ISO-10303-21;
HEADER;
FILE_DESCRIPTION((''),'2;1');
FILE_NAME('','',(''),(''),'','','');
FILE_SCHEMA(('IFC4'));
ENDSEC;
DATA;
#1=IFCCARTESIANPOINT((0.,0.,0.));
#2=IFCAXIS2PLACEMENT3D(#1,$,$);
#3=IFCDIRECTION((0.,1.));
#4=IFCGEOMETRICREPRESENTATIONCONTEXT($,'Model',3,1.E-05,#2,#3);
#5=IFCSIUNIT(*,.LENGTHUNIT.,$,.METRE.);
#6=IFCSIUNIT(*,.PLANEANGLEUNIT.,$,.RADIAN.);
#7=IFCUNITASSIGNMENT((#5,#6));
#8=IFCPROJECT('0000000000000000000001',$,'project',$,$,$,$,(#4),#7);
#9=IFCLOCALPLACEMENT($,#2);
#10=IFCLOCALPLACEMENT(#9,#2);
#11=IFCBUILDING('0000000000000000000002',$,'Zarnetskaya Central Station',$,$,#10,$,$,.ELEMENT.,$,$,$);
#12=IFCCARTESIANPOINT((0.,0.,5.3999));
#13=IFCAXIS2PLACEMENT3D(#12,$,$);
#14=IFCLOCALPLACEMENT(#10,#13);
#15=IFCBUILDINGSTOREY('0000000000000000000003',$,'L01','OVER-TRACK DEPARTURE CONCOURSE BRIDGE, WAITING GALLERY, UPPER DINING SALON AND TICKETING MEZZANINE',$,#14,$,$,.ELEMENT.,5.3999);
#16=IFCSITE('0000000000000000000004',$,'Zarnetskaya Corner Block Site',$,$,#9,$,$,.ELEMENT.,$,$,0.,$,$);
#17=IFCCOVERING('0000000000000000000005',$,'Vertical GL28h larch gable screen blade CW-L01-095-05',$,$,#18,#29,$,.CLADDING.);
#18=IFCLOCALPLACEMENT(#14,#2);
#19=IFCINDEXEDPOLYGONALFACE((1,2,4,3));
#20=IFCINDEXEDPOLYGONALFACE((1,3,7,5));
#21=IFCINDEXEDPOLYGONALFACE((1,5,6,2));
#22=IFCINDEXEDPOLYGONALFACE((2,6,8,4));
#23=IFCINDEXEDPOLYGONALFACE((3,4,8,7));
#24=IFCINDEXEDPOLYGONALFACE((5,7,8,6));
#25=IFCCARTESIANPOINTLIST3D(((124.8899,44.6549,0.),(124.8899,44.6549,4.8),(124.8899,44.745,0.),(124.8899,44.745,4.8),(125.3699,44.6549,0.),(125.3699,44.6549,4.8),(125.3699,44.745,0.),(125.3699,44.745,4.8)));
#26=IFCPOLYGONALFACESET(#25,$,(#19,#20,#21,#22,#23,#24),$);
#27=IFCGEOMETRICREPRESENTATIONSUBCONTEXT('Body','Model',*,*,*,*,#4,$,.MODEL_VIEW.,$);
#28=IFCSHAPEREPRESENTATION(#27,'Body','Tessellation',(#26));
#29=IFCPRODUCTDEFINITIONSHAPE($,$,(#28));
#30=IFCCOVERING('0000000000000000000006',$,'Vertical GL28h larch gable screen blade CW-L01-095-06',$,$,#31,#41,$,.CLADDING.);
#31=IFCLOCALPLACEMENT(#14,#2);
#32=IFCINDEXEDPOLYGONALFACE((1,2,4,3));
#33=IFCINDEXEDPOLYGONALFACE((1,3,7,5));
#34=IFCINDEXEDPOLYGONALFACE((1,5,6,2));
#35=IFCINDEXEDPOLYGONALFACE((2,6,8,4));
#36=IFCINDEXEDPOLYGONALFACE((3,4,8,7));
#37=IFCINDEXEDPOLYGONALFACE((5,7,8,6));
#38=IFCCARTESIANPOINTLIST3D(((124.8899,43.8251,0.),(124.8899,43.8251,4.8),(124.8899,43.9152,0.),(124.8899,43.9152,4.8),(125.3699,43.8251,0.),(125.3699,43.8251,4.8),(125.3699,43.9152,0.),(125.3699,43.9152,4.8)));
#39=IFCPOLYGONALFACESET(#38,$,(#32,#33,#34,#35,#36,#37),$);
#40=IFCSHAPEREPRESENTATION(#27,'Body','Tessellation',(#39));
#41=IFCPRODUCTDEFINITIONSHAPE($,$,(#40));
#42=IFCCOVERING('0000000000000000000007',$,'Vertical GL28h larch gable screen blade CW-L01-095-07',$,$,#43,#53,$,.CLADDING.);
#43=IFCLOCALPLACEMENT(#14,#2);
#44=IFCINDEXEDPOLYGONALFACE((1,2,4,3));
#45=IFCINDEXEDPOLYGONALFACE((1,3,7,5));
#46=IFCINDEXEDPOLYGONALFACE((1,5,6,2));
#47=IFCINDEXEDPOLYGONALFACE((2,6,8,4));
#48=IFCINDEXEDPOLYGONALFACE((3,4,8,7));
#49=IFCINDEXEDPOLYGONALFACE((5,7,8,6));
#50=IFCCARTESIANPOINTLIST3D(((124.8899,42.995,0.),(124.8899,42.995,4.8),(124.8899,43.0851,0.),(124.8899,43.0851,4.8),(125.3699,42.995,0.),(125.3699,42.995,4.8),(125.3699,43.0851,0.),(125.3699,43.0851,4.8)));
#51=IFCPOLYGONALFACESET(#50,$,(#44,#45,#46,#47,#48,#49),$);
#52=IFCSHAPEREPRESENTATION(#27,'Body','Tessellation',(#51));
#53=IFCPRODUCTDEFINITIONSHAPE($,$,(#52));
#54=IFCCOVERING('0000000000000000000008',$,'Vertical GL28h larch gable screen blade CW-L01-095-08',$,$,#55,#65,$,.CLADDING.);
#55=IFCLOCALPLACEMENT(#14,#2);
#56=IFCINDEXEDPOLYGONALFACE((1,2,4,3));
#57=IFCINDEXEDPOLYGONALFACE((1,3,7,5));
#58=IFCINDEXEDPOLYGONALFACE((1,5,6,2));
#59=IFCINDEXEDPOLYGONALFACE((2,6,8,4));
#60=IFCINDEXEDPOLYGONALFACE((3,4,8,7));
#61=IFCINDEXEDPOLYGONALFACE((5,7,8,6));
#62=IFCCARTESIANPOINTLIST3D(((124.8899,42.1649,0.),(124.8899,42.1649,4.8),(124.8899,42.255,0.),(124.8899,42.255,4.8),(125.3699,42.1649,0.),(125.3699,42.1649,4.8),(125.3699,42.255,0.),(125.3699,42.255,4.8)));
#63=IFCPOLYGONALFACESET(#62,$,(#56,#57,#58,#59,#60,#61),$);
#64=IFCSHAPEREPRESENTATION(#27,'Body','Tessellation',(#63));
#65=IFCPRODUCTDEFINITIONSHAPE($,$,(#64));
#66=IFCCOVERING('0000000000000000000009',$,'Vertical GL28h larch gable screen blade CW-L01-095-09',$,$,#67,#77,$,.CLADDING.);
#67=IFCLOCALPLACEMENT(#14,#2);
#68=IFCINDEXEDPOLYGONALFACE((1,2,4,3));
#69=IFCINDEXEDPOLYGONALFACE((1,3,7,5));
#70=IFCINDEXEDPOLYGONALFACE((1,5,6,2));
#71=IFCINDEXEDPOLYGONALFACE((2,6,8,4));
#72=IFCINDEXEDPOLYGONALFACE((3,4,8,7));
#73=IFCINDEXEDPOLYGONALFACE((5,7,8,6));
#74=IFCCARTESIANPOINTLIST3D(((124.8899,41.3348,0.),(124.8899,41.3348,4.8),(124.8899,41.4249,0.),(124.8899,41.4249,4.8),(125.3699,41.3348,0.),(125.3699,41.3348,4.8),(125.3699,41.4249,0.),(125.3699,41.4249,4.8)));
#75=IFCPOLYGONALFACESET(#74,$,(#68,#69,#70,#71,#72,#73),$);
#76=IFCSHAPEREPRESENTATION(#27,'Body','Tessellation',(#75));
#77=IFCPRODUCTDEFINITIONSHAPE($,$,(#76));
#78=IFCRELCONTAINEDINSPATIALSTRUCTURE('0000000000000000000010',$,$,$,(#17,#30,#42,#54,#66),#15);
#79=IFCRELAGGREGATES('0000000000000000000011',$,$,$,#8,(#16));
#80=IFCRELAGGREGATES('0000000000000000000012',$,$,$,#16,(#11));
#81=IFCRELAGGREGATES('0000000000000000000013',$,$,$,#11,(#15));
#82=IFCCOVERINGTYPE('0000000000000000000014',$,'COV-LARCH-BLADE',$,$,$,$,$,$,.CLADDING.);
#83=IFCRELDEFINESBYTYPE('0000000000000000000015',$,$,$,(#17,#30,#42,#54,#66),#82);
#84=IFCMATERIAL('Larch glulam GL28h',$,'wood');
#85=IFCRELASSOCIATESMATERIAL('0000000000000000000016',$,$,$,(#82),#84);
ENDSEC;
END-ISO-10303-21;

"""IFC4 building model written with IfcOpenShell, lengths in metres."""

from ifc_helpers import new_model, si_unit, direction, frame, origin, origin_2d, place, context, subcontext, project, spatial, rectangle, extrude, material, type_object, element, save


model = new_model("IFC4")

# Units and contexts
model_context = context("Model", 3, precision=1e-05, world=origin(), true_north=direction((0.0, 1.0)))
body_context = subcontext(model_context, "Body", "Model", "MODEL_VIEW")
ifc_project = project(units=[si_unit("LENGTHUNIT", "METRE"), si_unit("PLANEANGLEUNIT", "RADIAN")], contexts=[model_context])

# Site, building, storey
site_placement = place(None, origin())
site = spatial("IfcSite", under=ifc_project, at=site_placement, Name="Zarnetskaya Corner Block Site", CompositionType="ELEMENT", RefElevation=0.0)
building_placement = place(site_placement, origin())
building = spatial("IfcBuilding", under=site, at=building_placement, Name="Zarnetskaya Central Station", CompositionType="ELEMENT")
storey_placement = place(building_placement, frame((0.0, 0.0, 5.3999)))
storey = spatial("IfcBuildingStorey", under=building, at=storey_placement, Name="L01", Description="OVER-TRACK DEPARTURE CONCOURSE BRIDGE, WAITING GALLERY, UPPER DINING SALON AND TICKETING MEZZANINE", CompositionType="ELEMENT", Elevation=5.3999)

# Coverings
ifc_material_1 = material(Name="Larch glulam GL28h", Category="wood")
covering_type = type_object("IfcCoveringType", Name="COV-LARCH-BLADE", PredefinedType="CLADDING", material=ifc_material_1)
for number, where, z_axis, x_axis, name in (
    (1, (125.1299, 44.7, 0.0), (0.0, 0.0, 1.0), (0.0, -1.0, 0.0), "Vertical GL28h larch gable screen blade CW-L01-095-05"),
    (2, (125.1299, 43.8701, 0.0), (0.0, 0.0, 1.0), (0.0, -1.0, 0.0), "Vertical GL28h larch gable screen blade CW-L01-095-06"),
    (3, (125.1299, 43.04, 0.0), (0.0, 0.0, 1.0), (0.0, -1.0, 0.0), "Vertical GL28h larch gable screen blade CW-L01-095-07"),
    (4, (125.1299, 42.21, 0.0), (0.0, 0.0, 1.0), (0.0, -1.0, 0.0), "Vertical GL28h larch gable screen blade CW-L01-095-08"),
    (5, (125.1299, 41.3799, 0.0), (0.0, 0.0, 1.0), (0.0, -1.0, 0.0), "Vertical GL28h larch gable screen blade CW-L01-095-09"),
):
    element("IfcCovering", number, at=place(storey_placement, frame(where, z_axis=z_axis, x_axis=x_axis)), inside=storey, type_object=covering_type, Name=name, PredefinedType="CLADDING", context=body_context, shape_type="SweptSolid", body=[
        extrude(rectangle(XDim=0.0901, YDim=0.48, at=origin_2d()), origin(), (0.0, 0.0, 1.0), 4.8),
    ])

save(model, "model.ifc")
